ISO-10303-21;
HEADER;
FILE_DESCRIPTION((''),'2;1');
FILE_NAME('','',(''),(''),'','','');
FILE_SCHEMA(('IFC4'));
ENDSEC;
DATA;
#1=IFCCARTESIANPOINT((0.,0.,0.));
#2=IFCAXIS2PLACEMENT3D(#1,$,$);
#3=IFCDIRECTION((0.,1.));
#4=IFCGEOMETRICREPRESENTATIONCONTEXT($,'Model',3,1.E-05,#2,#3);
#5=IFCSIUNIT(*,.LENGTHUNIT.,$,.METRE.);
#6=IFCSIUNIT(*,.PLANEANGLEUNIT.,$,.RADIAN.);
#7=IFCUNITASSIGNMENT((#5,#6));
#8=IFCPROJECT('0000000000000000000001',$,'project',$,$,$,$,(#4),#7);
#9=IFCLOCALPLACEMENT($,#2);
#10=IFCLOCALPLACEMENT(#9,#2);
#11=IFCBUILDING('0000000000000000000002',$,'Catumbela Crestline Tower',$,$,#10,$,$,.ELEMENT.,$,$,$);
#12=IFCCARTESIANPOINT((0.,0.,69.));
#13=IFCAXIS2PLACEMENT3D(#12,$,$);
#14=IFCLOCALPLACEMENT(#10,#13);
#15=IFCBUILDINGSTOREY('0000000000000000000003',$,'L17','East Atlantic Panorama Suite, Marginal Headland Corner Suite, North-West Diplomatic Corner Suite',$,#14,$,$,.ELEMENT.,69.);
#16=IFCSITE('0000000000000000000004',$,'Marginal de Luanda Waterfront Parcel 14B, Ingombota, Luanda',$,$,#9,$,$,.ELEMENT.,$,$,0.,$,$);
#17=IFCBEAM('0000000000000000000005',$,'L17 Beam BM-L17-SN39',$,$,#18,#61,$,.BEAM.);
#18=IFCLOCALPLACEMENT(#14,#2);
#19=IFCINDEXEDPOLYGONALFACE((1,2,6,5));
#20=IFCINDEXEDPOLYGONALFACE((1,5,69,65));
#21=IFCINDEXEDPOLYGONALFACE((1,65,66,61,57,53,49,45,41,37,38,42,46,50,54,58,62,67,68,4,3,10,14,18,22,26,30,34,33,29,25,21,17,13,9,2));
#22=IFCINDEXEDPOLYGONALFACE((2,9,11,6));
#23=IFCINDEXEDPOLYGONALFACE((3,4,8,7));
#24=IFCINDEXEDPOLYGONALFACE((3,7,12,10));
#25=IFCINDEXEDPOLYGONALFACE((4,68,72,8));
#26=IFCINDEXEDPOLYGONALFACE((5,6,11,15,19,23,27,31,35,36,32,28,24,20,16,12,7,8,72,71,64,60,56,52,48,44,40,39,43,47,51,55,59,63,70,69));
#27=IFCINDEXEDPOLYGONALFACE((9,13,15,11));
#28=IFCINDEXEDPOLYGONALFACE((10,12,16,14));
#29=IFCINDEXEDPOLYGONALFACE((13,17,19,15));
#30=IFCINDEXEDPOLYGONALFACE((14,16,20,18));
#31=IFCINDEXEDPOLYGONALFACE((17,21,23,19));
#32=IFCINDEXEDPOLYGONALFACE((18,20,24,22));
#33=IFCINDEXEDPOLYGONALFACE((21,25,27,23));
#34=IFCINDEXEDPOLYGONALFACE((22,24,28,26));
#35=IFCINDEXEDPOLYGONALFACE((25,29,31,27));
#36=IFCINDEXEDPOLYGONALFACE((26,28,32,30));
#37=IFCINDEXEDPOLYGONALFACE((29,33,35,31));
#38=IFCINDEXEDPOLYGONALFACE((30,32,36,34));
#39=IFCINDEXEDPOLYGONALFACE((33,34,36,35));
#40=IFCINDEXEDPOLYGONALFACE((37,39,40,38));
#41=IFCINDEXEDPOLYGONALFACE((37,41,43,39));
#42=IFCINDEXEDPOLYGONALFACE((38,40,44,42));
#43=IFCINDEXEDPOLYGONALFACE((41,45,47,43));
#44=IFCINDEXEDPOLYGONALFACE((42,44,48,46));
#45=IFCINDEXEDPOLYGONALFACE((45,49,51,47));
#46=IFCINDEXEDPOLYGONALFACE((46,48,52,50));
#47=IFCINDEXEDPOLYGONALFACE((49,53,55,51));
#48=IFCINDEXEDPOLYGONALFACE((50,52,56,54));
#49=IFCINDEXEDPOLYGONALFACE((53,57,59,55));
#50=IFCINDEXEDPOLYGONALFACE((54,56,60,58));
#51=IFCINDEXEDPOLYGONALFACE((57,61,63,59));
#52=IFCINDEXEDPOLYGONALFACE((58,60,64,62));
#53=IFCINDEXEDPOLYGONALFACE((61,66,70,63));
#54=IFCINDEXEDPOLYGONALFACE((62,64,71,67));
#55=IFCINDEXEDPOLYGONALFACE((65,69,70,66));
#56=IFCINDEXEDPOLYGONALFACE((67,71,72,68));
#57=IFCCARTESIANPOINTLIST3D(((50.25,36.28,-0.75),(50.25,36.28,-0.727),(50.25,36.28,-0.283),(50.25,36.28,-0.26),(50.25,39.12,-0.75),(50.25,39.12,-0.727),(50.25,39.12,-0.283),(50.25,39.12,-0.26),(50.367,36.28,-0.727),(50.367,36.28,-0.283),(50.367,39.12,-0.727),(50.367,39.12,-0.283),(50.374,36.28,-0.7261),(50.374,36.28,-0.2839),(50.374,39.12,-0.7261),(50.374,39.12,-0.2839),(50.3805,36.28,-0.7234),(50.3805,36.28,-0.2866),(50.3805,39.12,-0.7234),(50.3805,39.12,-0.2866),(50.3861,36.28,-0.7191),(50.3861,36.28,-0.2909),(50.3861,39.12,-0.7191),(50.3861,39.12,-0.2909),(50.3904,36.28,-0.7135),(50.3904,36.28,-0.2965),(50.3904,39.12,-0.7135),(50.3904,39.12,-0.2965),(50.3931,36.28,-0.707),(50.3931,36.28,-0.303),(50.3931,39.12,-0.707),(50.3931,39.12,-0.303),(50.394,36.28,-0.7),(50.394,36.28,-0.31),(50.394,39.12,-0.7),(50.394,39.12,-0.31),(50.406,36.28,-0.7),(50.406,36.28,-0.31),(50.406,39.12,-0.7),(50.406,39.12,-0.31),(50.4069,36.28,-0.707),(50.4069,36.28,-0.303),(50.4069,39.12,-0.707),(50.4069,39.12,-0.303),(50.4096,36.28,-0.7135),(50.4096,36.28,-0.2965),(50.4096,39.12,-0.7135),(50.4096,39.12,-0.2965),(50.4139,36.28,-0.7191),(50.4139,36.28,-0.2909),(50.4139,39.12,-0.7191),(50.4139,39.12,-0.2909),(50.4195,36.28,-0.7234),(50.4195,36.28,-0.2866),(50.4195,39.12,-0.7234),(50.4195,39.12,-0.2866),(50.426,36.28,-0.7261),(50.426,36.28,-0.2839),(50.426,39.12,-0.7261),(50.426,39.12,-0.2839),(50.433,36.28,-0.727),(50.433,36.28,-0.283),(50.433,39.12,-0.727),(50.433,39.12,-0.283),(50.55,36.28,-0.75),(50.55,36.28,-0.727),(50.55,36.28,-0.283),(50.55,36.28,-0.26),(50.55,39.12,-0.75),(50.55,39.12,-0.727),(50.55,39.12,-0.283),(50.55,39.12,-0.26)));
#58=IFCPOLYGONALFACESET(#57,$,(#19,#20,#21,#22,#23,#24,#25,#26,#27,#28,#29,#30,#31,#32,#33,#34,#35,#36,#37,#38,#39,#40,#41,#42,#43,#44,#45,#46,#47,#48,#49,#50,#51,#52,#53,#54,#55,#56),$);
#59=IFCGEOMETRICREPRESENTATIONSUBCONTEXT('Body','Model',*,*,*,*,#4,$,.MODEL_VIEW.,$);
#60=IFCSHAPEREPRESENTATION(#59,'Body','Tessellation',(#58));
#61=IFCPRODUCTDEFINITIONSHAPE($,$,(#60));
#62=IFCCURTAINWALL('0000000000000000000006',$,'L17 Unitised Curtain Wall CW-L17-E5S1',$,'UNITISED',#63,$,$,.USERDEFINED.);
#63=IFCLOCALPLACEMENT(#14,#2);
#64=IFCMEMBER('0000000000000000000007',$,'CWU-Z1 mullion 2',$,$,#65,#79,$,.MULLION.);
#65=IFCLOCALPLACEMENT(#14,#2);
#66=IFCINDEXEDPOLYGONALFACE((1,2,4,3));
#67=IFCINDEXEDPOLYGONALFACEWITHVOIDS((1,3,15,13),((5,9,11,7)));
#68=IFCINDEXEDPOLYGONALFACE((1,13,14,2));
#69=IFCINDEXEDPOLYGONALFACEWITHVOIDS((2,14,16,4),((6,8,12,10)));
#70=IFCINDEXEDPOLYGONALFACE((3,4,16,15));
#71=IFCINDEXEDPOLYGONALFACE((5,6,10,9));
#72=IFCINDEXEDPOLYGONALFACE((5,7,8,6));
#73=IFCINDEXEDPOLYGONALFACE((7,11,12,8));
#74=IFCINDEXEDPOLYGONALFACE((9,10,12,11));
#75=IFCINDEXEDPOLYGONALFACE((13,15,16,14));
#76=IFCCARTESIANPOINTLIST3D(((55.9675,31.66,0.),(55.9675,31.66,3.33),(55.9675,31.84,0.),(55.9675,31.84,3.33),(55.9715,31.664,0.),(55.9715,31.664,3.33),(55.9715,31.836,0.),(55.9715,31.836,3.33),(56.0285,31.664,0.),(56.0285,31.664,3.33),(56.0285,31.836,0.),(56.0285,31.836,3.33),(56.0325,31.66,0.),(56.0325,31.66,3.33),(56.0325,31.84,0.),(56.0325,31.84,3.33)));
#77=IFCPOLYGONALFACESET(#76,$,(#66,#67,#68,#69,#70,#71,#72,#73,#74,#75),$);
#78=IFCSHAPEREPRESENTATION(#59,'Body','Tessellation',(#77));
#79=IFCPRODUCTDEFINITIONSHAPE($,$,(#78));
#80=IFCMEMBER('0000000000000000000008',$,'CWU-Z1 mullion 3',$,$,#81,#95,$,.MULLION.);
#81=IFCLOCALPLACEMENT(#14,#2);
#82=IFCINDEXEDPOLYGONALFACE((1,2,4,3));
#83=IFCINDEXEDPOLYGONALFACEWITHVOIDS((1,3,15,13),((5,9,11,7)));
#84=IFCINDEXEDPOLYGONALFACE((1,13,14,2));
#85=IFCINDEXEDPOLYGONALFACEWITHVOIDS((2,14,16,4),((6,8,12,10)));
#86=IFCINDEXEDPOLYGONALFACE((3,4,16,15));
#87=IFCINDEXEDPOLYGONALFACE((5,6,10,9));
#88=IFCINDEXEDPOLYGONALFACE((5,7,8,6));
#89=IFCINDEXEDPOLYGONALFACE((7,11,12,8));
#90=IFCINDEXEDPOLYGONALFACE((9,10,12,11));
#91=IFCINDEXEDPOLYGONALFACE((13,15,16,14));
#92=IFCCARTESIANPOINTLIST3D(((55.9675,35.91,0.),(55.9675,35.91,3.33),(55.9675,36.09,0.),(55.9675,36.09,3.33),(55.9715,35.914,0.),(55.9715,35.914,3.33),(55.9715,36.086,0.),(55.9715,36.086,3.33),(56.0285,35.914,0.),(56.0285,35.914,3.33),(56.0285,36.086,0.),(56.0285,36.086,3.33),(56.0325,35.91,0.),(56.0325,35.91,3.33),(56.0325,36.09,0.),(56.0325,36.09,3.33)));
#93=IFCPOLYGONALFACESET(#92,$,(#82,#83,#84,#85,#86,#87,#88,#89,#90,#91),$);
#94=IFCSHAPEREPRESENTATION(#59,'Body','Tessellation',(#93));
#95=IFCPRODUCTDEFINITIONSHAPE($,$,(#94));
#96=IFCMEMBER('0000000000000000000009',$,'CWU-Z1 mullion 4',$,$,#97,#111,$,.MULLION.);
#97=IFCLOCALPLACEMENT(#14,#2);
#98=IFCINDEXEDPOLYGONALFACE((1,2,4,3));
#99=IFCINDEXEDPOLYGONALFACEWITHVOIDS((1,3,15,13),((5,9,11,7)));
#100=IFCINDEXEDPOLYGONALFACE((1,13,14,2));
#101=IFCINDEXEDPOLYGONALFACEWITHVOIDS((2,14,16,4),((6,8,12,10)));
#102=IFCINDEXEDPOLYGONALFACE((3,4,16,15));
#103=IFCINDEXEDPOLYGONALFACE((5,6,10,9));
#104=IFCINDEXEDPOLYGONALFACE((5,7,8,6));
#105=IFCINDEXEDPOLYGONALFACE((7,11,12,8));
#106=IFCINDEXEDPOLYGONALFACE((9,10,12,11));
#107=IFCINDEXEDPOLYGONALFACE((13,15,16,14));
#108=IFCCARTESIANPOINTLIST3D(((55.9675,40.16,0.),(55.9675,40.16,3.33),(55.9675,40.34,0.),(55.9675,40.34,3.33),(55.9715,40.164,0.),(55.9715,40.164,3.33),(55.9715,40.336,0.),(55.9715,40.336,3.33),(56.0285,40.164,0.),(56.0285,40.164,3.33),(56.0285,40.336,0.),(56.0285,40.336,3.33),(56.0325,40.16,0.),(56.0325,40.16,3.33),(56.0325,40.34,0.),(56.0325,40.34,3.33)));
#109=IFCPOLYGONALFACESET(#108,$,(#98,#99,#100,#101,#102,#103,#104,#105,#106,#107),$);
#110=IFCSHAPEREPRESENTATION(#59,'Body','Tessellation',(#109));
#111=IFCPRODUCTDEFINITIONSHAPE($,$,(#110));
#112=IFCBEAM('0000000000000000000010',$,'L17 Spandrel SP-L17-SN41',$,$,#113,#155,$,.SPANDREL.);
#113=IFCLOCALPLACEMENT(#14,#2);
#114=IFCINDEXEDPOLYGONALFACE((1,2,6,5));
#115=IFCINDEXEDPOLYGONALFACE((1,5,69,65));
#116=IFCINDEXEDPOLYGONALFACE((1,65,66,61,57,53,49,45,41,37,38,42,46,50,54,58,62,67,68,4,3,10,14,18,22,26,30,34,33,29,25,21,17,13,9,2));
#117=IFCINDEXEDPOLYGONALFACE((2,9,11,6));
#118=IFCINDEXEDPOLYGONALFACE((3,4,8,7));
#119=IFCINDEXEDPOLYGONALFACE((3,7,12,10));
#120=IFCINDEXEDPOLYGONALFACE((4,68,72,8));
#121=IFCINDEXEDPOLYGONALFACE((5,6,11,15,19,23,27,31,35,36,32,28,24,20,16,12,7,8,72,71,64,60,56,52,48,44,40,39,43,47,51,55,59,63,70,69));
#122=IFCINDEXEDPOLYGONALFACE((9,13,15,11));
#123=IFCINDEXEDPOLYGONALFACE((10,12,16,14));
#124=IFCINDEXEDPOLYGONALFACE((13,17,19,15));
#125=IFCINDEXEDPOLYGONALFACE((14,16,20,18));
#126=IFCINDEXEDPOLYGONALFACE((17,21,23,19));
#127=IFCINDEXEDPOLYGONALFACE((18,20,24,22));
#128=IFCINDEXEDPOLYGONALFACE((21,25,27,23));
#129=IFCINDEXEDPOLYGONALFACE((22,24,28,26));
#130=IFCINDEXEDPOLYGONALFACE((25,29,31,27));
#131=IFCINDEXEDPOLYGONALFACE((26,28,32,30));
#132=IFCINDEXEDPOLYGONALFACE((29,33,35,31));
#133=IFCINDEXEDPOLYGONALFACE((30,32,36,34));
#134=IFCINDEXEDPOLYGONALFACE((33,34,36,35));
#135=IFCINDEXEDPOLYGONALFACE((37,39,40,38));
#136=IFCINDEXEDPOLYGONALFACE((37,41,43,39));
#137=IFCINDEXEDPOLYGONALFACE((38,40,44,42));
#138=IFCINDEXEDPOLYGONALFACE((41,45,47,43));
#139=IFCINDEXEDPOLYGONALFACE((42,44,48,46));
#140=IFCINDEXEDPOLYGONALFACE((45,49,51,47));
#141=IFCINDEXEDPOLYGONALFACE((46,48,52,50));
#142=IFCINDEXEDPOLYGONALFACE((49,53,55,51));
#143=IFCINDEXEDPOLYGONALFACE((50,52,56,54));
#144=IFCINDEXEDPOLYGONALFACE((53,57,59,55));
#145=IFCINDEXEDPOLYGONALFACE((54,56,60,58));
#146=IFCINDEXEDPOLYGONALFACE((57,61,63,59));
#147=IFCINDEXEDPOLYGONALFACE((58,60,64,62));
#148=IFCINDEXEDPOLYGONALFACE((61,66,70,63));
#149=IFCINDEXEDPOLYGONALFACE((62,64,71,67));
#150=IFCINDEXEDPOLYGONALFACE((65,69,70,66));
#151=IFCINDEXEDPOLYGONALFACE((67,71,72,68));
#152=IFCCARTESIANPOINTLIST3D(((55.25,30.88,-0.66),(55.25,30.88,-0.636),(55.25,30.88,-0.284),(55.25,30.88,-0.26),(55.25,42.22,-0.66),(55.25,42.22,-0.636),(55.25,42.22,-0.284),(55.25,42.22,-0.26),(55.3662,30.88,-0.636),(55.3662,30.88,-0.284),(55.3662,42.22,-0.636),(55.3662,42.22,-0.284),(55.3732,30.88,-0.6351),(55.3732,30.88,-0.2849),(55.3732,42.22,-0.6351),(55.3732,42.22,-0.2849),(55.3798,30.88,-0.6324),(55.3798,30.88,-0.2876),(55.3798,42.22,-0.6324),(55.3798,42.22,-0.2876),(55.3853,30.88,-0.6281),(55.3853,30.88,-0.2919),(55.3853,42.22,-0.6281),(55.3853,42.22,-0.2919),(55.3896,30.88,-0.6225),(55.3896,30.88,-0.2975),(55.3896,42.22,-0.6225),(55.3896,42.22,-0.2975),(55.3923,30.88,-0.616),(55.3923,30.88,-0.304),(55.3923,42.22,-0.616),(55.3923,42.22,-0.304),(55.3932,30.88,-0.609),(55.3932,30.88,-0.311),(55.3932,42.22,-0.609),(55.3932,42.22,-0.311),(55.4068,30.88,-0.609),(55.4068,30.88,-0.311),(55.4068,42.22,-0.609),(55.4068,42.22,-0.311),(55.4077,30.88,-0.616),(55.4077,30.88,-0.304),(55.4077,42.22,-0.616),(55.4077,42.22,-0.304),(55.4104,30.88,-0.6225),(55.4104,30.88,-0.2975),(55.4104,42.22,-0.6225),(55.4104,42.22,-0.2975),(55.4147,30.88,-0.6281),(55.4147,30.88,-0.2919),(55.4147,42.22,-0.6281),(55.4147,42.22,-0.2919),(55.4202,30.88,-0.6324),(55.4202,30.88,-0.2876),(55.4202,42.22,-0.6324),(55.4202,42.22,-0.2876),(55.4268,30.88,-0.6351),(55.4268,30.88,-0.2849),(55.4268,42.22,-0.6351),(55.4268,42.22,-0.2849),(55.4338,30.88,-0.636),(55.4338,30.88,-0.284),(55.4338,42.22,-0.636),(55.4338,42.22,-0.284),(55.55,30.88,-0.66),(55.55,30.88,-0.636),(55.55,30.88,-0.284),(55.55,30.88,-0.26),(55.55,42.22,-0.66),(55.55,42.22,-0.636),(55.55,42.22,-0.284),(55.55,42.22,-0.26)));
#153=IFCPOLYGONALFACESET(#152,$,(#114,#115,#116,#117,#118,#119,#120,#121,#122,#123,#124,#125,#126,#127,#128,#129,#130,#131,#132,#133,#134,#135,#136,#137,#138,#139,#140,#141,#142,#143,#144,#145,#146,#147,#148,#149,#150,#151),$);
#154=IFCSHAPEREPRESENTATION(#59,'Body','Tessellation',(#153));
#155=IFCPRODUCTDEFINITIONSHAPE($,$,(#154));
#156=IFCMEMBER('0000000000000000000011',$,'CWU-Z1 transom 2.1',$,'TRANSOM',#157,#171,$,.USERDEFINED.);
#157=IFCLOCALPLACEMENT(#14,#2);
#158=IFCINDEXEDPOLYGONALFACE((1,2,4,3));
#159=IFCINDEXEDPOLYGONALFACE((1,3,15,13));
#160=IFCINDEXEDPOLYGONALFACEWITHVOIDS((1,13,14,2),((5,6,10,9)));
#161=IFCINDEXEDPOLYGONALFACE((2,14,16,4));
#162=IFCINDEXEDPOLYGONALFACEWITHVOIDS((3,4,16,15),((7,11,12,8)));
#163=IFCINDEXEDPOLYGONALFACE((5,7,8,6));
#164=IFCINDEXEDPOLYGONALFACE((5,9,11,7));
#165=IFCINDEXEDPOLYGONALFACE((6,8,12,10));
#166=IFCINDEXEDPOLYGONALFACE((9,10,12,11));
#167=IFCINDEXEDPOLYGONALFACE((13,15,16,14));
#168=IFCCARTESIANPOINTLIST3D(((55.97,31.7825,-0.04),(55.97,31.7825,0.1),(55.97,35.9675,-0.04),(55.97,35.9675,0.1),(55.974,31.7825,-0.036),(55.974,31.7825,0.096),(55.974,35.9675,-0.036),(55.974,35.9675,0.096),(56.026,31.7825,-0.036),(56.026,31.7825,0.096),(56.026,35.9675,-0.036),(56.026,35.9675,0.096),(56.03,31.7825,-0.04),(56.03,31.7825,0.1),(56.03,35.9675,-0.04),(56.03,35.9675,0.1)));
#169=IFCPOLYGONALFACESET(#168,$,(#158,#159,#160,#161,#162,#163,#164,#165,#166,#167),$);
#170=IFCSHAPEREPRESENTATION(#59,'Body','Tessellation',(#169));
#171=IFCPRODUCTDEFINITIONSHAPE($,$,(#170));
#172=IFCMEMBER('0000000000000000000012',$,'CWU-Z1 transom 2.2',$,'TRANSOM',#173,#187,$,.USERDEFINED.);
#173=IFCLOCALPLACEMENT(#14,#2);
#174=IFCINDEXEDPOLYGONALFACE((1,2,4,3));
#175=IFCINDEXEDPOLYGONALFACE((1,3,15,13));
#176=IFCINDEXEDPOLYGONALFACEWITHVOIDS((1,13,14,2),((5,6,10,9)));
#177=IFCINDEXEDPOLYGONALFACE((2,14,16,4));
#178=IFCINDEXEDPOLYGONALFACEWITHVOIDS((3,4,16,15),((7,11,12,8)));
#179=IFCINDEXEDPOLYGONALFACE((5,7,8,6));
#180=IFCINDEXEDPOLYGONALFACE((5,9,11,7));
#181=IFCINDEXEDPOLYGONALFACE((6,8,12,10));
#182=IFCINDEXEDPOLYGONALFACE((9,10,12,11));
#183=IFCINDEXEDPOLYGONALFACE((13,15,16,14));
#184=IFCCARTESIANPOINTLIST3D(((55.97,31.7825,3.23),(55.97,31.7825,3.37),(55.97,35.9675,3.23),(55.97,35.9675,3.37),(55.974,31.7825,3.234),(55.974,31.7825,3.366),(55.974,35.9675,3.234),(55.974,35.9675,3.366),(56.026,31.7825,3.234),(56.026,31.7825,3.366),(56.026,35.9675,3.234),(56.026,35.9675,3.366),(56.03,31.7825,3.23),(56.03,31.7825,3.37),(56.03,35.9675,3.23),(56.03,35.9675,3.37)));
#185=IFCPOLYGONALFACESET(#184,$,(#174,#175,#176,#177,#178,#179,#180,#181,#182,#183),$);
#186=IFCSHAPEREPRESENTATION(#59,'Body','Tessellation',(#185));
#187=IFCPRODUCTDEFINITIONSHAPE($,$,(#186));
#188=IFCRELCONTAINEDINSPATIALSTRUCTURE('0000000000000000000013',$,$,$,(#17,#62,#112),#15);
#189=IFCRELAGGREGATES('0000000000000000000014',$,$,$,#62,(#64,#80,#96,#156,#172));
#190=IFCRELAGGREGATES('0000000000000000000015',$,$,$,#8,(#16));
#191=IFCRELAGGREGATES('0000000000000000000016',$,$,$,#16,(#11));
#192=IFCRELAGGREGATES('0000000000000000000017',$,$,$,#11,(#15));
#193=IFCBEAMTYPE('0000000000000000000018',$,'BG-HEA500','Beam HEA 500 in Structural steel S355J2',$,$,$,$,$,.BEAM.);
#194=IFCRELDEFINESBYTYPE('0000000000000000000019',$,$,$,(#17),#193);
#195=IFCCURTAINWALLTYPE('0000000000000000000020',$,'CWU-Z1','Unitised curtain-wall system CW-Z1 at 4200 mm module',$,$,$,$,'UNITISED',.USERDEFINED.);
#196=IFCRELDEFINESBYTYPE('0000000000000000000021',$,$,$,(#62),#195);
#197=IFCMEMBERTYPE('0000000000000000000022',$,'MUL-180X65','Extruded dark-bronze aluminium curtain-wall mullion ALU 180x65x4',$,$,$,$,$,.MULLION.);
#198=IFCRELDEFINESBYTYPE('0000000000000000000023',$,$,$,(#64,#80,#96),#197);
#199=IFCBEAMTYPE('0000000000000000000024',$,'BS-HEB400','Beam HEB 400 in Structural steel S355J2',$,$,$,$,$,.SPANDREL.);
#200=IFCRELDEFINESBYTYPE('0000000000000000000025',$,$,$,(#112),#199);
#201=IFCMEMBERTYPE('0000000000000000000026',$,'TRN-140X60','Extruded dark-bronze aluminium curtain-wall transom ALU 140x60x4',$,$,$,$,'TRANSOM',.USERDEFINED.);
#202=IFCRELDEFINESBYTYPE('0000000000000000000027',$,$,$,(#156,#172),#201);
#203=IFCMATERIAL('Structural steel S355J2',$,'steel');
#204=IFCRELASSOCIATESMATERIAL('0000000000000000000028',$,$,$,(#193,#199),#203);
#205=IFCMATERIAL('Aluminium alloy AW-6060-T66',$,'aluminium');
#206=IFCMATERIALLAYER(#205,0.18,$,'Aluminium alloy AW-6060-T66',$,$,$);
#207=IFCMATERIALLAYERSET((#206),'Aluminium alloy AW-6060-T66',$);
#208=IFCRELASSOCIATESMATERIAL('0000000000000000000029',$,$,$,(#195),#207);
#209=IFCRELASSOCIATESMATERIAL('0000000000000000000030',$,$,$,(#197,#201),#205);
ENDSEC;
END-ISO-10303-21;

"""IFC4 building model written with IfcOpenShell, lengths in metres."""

from ifc_helpers import new_model, si_unit, direction, frame, origin, origin_2d, place, context, subcontext, project, spatial, hollow_rectangle, i_section, extrude, material, layer, layer_set, material_profile, profile_set, type_object, element, aggregate, save


model = new_model("IFC4")

# Units and contexts
model_context = context("Model", 3, precision=1e-05, world=origin(), true_north=direction((0.0, 1.0)))
body_context = subcontext(model_context, "Body", "Model", "MODEL_VIEW")
ifc_project = project(units=[si_unit("LENGTHUNIT", "METRE"), si_unit("PLANEANGLEUNIT", "RADIAN")], contexts=[model_context])

# Site, building, storey
site_placement = place(None, origin())
site = spatial("IfcSite", under=ifc_project, at=site_placement, Name="Marginal de Luanda Waterfront Parcel 14B, Ingombota, Luanda", CompositionType="ELEMENT", RefElevation=0.0)
building_placement = place(site_placement, origin())
building = spatial("IfcBuilding", under=site, at=building_placement, Name="Catumbela Crestline Tower", CompositionType="ELEMENT")
storey_placement = place(building_placement, frame((0.0, 0.0, 69.0)))
storey = spatial("IfcBuildingStorey", under=building, at=storey_placement, Name="L17", Description="East Atlantic Panorama Suite, Marginal Headland Corner Suite, North-West Diplomatic Corner Suite", CompositionType="ELEMENT", Elevation=69.0)

# Beam
ifc_material_1 = material(Name="Structural steel S355J2", Category="steel")
ifc_material_profile_1 = material_profile(ifc_material_1, i_section(OverallWidth=0.3, OverallDepth=0.49, WebThickness=0.012, FlangeThickness=0.023, FilletRadius=0.027, at=origin_2d()), Name="HEA 500")
ifc_profile_set_1 = profile_set([ifc_material_profile_1], Name="Structural steel S355J2")
beam_type_1 = type_object("IfcBeamType", Name="BG-HEA500", Description="Beam HEA 500 in Structural steel S355J2", PredefinedType="BEAM", material=ifc_profile_set_1)
beam_1_placement = place(storey_placement, frame((50.4, 36.28, -0.505), z_axis=(0.0, 1.0, 0.0), x_axis=(-1.0, 0.0, 0.0)))
element("IfcBeam", 1, at=beam_1_placement, inside=storey, type_object=beam_type_1, Name="L17 Beam BM-L17-SN39", PredefinedType="BEAM", context=body_context, shape_type="SweptSolid", body=[
    extrude(i_section(OverallWidth=0.3, OverallDepth=0.49, WebThickness=0.012, FlangeThickness=0.023, FilletRadius=0.027, at=origin_2d()), origin(), (0.0, 0.0, 1.0), 2.84),
])

# Curtain wall, members
ifc_material_2 = material(Name="Aluminium alloy AW-6060-T66", Category="aluminium")
ifc_layer_1 = layer(ifc_material_2, 0.18, Name="Aluminium alloy AW-6060-T66")
ifc_layer_set_1 = layer_set([ifc_layer_1], Name="Aluminium alloy AW-6060-T66")
curtain_wall_type = type_object("IfcCurtainWallType", Name="CWU-Z1", Description="Unitised curtain-wall system CW-Z1 at 4200 mm module", ElementType="UNITISED", PredefinedType="USERDEFINED", material=ifc_layer_set_1)
curtain_wall_placement = place(storey_placement, origin())
curtain_wall = element("IfcCurtainWall", 2, at=curtain_wall_placement, inside=storey, type_object=curtain_wall_type, Name="L17 Unitised Curtain Wall CW-L17-E5S1", ObjectType="UNITISED", PredefinedType="USERDEFINED")
ifc_material_profile_2 = material_profile(ifc_material_2, hollow_rectangle(XDim=0.065, YDim=0.18, WallThickness=0.004, at=origin_2d()), Name="ALU 180x65x4")
ifc_profile_set_2 = profile_set([ifc_material_profile_2], Name="Aluminium alloy AW-6060-T66")
member_type_1 = type_object("IfcMemberType", Name="MUL-180X65", Description="Extruded dark-bronze aluminium curtain-wall mullion ALU 180x65x4", PredefinedType="MULLION", material=ifc_profile_set_2)
member_1_placement = place(storey_placement, frame((56.0, 31.75, 0.0), z_axis=(0.0, 0.0, 1.0), x_axis=(-1.0, 0.0, 0.0)))
member_1 = element("IfcMember", 3, at=member_1_placement, type_object=member_type_1, Name="CWU-Z1 mullion 2", PredefinedType="MULLION", context=body_context, shape_type="SweptSolid", body=[
    extrude(hollow_rectangle(XDim=0.065, YDim=0.18, WallThickness=0.004, at=origin_2d()), origin(), (0.0, 0.0, 1.0), 3.33),
])
member_2_placement = place(storey_placement, frame((56.0, 36.0, 0.0), z_axis=(0.0, 0.0, 1.0), x_axis=(-1.0, 0.0, 0.0)))
member_2 = element("IfcMember", 4, at=member_2_placement, type_object=member_type_1, Name="CWU-Z1 mullion 3", PredefinedType="MULLION", context=body_context, shape_type="SweptSolid", body=[
    extrude(hollow_rectangle(XDim=0.065, YDim=0.18, WallThickness=0.004, at=origin_2d()), origin(), (0.0, 0.0, 1.0), 3.33),
])
member_3_placement = place(storey_placement, frame((56.0, 40.25, 0.0), z_axis=(0.0, 0.0, 1.0), x_axis=(-1.0, 0.0, 0.0)))
member_3 = element("IfcMember", 5, at=member_3_placement, type_object=member_type_1, Name="CWU-Z1 mullion 4", PredefinedType="MULLION", context=body_context, shape_type="SweptSolid", body=[
    extrude(hollow_rectangle(XDim=0.065, YDim=0.18, WallThickness=0.004, at=origin_2d()), origin(), (0.0, 0.0, 1.0), 3.33),
])

# Beam
ifc_material_profile_3 = material_profile(ifc_material_1, i_section(OverallWidth=0.3, OverallDepth=0.4, WebThickness=0.0135, FlangeThickness=0.024, FilletRadius=0.027, at=origin_2d()), Name="HEB 400")
ifc_profile_set_3 = profile_set([ifc_material_profile_3], Name="Structural steel S355J2")
beam_type_2 = type_object("IfcBeamType", Name="BS-HEB400", Description="Beam HEB 400 in Structural steel S355J2", PredefinedType="SPANDREL", material=ifc_profile_set_3)
beam_2_placement = place(storey_placement, frame((55.4, 30.88, -0.46), z_axis=(0.0, 1.0, 0.0), x_axis=(-1.0, 0.0, 0.0)))
element("IfcBeam", 6, at=beam_2_placement, inside=storey, type_object=beam_type_2, Name="L17 Spandrel SP-L17-SN41", PredefinedType="SPANDREL", context=body_context, shape_type="SweptSolid", body=[
    extrude(i_section(OverallWidth=0.3, OverallDepth=0.4, WebThickness=0.0135, FlangeThickness=0.024, FilletRadius=0.027, at=origin_2d()), origin(), (0.0, 0.0, 1.0), 11.34),
])

# Members
ifc_material_profile_4 = material_profile(ifc_material_2, hollow_rectangle(XDim=0.06, YDim=0.14, WallThickness=0.004, at=origin_2d()), Name="ALU 140x60x4")
ifc_profile_set_4 = profile_set([ifc_material_profile_4], Name="Aluminium alloy AW-6060-T66")
member_type_2 = type_object("IfcMemberType", Name="TRN-140X60", Description="Extruded dark-bronze aluminium curtain-wall transom ALU 140x60x4", ElementType="TRANSOM", PredefinedType="USERDEFINED", material=ifc_profile_set_4)
member_4_placement = place(storey_placement, frame((56.0, 31.7825, 0.03), z_axis=(0.0, 1.0, 0.0), x_axis=(-1.0, 0.0, 0.0)))
member_4 = element("IfcMember", 7, at=member_4_placement, type_object=member_type_2, Name="CWU-Z1 transom 2.1", ObjectType="TRANSOM", PredefinedType="USERDEFINED", context=body_context, shape_type="SweptSolid", body=[
    extrude(hollow_rectangle(XDim=0.06, YDim=0.14, WallThickness=0.004, at=origin_2d()), origin(), (0.0, 0.0, 1.0), 4.185),
])
member_5_placement = place(storey_placement, frame((56.0, 31.7825, 3.3), z_axis=(0.0, 1.0, 0.0), x_axis=(-1.0, 0.0, 0.0)))
member_5 = element("IfcMember", 8, at=member_5_placement, type_object=member_type_2, Name="CWU-Z1 transom 2.2", ObjectType="TRANSOM", PredefinedType="USERDEFINED", context=body_context, shape_type="SweptSolid", body=[
    extrude(hollow_rectangle(XDim=0.06, YDim=0.14, WallThickness=0.004, at=origin_2d()), origin(), (0.0, 0.0, 1.0), 4.185),
])

aggregate(curtain_wall, [member_1, member_2, member_3, member_4, member_5])

save(model, "model.ifc")
